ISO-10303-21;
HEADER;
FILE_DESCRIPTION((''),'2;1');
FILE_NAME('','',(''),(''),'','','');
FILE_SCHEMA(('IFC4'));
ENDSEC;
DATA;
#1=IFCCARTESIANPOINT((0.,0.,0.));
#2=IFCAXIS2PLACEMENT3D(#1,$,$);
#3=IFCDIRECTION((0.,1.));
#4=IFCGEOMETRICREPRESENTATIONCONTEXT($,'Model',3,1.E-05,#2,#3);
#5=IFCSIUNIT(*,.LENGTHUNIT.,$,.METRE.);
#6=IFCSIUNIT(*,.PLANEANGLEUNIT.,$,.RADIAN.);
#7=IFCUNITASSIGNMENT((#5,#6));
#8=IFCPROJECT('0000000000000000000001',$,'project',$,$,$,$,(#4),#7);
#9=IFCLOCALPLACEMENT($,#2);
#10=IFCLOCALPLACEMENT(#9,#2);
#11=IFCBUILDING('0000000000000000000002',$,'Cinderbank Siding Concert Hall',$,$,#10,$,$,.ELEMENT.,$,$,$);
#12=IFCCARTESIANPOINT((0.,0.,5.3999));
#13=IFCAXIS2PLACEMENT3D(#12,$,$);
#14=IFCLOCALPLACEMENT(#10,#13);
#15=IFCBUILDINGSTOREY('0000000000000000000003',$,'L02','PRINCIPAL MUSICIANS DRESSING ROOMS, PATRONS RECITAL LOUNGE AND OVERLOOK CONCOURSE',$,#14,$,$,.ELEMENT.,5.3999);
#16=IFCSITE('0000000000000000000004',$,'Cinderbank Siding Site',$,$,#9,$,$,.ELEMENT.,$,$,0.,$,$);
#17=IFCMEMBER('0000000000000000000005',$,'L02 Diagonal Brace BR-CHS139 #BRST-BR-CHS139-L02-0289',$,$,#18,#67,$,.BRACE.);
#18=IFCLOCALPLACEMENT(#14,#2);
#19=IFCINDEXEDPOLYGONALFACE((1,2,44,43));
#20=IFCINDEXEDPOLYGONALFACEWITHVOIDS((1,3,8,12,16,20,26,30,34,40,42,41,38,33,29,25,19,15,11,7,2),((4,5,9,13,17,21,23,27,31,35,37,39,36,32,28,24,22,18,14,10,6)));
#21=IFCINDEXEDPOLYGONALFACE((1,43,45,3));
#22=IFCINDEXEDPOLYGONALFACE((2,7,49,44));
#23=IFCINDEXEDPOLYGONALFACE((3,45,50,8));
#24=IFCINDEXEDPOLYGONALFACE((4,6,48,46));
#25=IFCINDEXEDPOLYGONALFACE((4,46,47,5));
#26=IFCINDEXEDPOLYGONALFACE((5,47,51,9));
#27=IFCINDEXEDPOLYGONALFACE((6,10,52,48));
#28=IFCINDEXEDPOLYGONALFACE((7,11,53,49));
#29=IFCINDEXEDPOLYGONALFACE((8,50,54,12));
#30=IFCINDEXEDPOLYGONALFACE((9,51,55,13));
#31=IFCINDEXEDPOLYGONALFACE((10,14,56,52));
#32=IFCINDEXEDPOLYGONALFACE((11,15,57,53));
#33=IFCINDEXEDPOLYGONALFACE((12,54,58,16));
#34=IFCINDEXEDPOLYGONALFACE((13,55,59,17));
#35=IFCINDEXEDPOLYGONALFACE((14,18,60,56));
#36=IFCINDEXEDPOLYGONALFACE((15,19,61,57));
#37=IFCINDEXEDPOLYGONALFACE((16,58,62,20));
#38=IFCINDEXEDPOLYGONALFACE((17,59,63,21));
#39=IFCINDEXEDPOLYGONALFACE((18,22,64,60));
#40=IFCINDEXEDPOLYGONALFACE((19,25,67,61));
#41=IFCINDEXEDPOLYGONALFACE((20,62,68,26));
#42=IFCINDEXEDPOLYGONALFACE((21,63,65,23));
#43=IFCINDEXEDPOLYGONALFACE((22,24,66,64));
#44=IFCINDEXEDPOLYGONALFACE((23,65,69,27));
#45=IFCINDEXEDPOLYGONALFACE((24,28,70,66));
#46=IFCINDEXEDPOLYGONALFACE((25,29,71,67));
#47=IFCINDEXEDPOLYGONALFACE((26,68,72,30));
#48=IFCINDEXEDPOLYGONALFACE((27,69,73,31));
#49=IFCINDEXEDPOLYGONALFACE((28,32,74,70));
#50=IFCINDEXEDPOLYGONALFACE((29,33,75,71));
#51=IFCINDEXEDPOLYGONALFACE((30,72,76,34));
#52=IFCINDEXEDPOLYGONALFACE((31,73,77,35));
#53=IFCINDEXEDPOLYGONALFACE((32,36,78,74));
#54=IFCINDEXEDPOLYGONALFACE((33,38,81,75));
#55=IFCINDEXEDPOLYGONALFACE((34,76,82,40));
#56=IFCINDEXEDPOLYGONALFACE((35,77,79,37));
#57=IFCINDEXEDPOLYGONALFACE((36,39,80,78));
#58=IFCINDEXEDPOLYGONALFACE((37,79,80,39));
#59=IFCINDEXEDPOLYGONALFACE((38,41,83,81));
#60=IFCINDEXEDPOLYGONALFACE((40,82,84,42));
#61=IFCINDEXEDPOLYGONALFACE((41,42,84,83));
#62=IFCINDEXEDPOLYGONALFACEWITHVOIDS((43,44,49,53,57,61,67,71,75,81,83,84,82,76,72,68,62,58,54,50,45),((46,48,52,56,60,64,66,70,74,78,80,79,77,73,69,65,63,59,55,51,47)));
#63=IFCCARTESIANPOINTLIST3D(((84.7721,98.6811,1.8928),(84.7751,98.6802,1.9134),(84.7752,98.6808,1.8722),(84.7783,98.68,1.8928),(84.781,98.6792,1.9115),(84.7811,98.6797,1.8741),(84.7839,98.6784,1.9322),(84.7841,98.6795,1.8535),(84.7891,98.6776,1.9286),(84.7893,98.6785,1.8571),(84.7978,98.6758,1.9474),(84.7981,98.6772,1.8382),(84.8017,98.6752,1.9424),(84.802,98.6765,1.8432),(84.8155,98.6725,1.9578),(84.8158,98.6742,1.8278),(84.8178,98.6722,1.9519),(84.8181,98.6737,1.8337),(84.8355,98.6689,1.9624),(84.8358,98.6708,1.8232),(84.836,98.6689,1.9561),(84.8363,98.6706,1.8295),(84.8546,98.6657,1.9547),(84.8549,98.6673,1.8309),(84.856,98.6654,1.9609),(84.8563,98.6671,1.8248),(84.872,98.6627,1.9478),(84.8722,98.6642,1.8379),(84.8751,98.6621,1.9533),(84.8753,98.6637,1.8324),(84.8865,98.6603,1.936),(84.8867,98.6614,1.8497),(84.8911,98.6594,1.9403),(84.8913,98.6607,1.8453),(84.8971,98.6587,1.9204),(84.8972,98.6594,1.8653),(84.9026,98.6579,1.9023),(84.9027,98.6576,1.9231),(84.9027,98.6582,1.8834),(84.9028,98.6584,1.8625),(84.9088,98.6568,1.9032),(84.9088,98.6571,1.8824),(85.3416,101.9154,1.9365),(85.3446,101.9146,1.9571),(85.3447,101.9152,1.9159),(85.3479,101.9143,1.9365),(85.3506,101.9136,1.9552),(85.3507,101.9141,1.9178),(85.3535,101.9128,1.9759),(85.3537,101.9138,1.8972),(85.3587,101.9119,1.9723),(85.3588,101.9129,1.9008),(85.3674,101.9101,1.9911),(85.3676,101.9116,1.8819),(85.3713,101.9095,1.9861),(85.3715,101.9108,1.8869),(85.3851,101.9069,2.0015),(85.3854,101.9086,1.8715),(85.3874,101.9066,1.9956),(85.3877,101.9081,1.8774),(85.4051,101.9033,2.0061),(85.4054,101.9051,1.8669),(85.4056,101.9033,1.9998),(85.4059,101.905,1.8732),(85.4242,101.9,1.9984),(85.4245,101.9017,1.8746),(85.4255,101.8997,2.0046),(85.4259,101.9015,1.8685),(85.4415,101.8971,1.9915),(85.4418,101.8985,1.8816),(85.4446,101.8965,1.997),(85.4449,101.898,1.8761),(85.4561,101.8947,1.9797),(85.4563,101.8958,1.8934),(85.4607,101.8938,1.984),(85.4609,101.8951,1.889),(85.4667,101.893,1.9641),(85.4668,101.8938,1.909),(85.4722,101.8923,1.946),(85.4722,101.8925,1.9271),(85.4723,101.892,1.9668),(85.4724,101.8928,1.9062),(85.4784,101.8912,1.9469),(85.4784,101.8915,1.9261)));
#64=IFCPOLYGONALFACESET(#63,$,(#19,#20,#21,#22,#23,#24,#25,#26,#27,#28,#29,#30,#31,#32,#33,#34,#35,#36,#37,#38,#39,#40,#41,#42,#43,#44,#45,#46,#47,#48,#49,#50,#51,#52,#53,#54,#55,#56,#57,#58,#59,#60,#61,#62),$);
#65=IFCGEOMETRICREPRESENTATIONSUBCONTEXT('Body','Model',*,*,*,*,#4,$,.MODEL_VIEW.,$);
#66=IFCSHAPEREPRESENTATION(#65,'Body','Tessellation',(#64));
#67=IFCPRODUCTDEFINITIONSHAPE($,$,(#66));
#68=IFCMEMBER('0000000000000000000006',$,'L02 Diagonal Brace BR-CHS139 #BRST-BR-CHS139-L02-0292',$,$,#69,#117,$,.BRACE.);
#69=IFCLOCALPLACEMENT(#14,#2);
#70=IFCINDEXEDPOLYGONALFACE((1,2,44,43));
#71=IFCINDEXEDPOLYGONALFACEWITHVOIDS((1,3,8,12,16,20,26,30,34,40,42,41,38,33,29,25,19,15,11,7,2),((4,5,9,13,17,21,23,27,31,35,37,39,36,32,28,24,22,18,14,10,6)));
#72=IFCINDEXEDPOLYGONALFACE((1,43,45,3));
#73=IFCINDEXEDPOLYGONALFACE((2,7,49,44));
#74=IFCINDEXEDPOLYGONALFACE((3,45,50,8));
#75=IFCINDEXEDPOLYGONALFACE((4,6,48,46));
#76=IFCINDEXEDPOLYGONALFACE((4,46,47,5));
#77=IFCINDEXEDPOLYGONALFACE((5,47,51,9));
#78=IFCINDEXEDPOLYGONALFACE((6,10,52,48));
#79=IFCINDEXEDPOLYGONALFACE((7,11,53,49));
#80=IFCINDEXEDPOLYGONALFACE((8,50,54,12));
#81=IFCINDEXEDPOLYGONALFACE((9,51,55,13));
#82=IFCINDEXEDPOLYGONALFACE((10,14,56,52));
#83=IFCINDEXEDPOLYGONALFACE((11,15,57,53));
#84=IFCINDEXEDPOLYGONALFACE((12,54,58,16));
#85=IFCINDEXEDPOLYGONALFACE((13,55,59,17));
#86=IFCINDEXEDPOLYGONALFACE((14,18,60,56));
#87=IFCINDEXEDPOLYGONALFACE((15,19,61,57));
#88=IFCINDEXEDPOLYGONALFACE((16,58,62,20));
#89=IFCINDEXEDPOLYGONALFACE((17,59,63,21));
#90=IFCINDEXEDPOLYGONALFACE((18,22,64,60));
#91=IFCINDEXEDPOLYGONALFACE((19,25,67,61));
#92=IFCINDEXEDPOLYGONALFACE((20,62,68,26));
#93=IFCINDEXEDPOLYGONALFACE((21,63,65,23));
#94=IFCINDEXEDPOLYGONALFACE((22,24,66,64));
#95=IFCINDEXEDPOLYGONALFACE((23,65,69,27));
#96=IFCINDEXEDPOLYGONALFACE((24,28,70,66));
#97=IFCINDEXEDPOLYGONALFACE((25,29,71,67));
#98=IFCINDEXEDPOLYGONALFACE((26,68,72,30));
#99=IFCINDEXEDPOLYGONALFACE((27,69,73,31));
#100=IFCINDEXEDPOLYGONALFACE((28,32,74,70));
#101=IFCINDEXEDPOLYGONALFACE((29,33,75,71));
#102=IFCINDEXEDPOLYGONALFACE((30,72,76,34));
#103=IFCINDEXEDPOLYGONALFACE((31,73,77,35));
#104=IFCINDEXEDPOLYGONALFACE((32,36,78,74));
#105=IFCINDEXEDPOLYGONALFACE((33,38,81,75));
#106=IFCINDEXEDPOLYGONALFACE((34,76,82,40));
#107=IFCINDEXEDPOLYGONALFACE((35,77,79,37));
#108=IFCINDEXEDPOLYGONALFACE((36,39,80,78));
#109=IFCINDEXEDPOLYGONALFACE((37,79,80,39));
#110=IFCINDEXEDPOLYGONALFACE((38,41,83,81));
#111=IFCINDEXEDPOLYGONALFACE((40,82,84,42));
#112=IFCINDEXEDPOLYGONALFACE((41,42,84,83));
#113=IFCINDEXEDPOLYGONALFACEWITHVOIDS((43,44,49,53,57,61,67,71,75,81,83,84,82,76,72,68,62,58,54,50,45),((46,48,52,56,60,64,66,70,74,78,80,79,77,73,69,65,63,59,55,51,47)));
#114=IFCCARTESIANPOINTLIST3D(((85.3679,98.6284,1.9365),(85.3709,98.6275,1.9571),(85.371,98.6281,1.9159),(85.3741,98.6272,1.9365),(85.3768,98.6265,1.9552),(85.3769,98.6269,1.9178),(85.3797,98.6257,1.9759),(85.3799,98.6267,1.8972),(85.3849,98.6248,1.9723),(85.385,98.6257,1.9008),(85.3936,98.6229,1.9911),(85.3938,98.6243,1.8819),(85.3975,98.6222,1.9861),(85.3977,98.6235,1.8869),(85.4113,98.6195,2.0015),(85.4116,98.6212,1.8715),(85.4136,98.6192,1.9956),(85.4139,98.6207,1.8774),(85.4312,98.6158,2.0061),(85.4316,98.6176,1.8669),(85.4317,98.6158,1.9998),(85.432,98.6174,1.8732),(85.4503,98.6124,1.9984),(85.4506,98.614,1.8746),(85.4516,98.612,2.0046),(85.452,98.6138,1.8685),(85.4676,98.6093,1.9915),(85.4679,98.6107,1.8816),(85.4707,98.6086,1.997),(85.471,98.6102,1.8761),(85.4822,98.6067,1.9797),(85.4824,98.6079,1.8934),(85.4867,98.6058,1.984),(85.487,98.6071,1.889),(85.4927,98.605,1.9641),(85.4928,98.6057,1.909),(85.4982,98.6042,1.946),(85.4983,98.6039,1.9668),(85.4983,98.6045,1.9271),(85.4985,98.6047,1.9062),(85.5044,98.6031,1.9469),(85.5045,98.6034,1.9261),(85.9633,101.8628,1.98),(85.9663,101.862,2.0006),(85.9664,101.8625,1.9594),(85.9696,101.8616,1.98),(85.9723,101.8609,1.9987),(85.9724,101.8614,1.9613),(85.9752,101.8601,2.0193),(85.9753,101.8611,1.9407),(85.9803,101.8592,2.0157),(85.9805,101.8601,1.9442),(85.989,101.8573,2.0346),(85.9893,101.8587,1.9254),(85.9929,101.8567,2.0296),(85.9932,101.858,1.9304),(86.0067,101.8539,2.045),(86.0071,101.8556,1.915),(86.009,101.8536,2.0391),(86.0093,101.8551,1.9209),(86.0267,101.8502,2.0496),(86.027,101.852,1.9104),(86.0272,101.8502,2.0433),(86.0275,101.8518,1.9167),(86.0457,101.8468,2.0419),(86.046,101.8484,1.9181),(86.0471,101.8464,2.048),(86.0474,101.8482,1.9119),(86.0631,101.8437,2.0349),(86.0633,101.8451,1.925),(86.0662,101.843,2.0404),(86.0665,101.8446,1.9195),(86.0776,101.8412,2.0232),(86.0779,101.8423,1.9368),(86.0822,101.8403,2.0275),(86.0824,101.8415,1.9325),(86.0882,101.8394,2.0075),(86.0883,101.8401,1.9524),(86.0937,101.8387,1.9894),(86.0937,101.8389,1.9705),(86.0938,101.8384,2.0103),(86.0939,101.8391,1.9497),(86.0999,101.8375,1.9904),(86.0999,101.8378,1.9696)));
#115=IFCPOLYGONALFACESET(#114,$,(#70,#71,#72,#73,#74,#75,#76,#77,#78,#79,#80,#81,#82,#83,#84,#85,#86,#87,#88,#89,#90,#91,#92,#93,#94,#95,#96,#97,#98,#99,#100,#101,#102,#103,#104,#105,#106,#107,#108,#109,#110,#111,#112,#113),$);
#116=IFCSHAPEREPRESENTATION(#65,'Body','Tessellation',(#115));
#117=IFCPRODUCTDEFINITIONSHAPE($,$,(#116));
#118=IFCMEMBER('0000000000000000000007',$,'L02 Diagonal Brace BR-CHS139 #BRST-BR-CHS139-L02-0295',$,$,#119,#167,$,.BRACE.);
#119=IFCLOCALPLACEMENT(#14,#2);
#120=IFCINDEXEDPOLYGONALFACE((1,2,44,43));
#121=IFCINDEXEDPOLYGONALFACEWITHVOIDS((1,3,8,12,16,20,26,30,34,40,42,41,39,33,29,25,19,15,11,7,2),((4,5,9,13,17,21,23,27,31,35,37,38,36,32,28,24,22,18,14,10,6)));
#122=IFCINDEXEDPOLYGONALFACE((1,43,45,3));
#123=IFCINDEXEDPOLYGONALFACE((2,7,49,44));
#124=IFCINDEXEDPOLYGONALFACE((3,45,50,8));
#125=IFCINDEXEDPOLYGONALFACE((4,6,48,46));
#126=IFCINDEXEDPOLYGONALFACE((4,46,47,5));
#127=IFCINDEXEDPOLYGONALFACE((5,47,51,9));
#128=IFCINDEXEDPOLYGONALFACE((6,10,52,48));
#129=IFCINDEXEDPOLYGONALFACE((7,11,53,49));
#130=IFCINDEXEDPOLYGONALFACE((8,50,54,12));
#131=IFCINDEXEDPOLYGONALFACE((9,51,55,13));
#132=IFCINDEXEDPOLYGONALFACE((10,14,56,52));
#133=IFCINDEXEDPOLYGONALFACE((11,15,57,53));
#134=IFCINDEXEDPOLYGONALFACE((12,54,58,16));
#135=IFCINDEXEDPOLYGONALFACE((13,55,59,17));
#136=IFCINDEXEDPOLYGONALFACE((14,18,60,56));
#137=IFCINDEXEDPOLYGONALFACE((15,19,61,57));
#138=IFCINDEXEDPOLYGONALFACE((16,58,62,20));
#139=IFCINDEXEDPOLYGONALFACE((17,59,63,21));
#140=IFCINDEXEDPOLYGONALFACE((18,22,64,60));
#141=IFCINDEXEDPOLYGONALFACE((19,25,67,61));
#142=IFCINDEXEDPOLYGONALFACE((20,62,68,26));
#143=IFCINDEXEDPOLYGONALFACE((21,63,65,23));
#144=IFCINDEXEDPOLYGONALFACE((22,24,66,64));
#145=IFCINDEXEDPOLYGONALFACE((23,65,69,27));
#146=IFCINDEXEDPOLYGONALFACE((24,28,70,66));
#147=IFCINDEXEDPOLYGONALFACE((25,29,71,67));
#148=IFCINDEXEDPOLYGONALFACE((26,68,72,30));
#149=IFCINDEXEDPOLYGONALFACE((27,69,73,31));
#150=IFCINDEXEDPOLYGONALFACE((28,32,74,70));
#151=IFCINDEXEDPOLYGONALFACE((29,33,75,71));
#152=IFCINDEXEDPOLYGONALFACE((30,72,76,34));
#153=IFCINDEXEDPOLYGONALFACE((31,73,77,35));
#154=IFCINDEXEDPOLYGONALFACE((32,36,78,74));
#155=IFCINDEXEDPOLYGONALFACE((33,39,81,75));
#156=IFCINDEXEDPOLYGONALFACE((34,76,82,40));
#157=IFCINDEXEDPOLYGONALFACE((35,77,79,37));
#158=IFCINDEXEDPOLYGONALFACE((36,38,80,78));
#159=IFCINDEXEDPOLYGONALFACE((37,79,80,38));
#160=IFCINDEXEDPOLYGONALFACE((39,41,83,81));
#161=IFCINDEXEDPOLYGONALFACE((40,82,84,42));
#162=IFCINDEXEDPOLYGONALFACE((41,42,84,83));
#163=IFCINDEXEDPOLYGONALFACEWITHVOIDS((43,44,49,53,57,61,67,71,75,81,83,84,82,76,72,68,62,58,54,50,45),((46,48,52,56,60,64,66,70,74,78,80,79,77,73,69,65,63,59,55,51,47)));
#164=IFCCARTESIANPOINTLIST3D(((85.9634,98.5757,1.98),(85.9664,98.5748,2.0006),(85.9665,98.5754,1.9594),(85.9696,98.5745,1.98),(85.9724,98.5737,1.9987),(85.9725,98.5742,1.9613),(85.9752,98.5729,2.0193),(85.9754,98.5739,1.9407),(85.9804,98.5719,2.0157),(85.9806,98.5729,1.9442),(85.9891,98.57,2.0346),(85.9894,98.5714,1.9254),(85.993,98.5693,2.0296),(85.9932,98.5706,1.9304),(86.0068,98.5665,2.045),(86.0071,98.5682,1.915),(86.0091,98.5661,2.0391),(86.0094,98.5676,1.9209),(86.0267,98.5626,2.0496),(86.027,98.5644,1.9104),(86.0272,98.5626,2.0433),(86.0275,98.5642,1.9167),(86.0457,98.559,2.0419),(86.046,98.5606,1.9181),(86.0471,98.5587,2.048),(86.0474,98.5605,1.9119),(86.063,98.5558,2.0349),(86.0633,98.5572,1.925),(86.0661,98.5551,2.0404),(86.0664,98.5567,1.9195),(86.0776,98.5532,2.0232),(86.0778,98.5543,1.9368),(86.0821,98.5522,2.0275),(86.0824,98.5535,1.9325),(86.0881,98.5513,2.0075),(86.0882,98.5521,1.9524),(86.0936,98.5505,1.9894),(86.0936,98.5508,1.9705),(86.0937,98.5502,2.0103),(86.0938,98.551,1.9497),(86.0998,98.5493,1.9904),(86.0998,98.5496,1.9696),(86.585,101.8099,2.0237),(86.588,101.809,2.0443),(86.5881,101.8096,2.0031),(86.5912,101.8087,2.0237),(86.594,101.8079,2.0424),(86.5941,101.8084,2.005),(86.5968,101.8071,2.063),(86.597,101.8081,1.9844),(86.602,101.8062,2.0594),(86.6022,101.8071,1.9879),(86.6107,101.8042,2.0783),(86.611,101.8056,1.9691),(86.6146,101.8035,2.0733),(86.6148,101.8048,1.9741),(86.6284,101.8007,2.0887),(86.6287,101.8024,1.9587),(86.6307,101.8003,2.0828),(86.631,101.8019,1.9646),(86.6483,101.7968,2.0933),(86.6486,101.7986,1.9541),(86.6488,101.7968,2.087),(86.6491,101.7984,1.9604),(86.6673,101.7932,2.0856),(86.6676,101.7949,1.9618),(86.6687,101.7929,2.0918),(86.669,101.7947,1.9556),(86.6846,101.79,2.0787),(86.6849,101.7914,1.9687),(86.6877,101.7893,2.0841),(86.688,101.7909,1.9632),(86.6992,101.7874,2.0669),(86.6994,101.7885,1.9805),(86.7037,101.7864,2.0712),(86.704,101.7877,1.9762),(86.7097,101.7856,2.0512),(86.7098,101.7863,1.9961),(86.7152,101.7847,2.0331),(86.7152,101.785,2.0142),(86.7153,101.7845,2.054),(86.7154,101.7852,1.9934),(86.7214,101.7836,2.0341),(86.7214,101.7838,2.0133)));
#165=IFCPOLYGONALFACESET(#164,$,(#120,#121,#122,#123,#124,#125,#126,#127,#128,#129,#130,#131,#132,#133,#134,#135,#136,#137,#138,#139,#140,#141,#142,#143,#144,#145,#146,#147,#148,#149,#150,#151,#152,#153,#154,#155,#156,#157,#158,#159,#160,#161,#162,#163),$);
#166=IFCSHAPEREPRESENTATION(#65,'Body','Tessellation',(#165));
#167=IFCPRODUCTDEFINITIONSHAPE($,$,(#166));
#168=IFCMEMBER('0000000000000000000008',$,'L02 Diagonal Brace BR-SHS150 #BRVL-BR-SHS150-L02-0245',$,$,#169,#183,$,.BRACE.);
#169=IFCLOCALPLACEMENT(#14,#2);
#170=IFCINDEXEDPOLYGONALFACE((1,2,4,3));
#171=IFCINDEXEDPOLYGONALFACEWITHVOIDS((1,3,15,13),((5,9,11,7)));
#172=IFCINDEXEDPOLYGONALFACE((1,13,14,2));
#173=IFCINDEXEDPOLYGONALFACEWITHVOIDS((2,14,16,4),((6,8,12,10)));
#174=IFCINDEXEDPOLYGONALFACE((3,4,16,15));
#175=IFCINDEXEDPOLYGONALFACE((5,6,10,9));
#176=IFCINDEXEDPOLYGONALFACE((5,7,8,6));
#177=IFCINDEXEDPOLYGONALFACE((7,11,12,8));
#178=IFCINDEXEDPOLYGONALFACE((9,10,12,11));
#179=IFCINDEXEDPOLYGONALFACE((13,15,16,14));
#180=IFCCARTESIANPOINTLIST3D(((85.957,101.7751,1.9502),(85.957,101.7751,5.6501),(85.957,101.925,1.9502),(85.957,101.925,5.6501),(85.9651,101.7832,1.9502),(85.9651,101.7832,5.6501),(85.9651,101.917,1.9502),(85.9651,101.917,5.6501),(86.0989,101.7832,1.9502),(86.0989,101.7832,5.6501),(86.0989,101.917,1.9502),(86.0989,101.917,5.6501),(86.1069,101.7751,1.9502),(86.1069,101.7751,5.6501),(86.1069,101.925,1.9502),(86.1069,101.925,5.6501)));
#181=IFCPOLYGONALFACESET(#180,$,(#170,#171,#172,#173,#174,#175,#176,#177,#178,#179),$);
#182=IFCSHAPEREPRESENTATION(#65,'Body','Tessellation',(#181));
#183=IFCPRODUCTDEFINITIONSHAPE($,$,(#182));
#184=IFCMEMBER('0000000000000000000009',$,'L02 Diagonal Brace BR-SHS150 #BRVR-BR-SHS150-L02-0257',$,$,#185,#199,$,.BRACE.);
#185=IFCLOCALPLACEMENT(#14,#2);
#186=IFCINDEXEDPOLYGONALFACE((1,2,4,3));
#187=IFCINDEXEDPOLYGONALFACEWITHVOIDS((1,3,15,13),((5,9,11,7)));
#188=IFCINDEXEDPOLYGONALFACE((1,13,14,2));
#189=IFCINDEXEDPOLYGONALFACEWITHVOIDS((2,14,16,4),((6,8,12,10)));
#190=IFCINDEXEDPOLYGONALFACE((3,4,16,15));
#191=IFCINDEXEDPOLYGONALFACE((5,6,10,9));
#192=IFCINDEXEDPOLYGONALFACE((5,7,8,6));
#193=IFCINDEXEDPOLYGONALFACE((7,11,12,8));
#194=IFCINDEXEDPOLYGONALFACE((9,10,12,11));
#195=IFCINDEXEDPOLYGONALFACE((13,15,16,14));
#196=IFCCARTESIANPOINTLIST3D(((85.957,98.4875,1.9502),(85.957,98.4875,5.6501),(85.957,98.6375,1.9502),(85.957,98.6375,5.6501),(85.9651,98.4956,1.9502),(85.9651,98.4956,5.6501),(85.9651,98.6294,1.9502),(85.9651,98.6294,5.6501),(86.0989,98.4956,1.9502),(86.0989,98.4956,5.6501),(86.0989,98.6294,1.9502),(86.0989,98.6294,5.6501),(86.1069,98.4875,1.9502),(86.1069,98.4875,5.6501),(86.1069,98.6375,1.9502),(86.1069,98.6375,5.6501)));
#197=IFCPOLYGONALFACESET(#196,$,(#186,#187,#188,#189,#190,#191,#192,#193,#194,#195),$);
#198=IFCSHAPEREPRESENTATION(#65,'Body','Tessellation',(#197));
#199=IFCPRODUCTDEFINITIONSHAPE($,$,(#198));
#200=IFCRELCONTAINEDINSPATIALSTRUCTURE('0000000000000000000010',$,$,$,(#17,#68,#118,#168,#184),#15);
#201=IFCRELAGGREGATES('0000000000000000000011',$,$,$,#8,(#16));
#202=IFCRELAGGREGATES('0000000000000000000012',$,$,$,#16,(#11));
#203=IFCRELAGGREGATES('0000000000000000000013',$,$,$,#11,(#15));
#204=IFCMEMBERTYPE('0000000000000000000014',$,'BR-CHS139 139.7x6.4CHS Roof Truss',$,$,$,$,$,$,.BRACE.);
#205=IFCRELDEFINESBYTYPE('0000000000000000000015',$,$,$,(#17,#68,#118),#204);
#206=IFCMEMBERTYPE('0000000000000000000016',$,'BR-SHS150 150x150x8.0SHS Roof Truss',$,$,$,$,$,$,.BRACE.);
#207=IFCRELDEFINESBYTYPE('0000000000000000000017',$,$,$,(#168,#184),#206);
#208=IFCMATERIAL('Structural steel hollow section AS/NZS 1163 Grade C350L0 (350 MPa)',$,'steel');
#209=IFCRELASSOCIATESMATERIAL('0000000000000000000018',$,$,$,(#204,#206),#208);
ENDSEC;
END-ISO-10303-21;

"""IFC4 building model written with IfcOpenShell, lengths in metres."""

from ifc_helpers import new_model, si_unit, direction, frame, origin, origin_2d, place, context, subcontext, project, spatial, hollow_rectangle, hollow_circle, extrude, material, material_profile, profile_set, type_object, element, save


model = new_model("IFC4")

# Units and contexts
model_context = context("Model", 3, precision=1e-05, world=origin(), true_north=direction((0.0, 1.0)))
body_context = subcontext(model_context, "Body", "Model", "MODEL_VIEW")
ifc_project = project(units=[si_unit("LENGTHUNIT", "METRE"), si_unit("PLANEANGLEUNIT", "RADIAN")], contexts=[model_context])

# Site, building, storey
site_placement = place(None, origin())
site = spatial("IfcSite", under=ifc_project, at=site_placement, Name="Cinderbank Siding Site", CompositionType="ELEMENT", RefElevation=0.0)
building_placement = place(site_placement, origin())
building = spatial("IfcBuilding", under=site, at=building_placement, Name="Cinderbank Siding Concert Hall", CompositionType="ELEMENT")
storey_placement = place(building_placement, frame((0.0, 0.0, 5.3999)))
storey = spatial("IfcBuildingStorey", under=building, at=storey_placement, Name="L02", Description="PRINCIPAL MUSICIANS DRESSING ROOMS, PATRONS RECITAL LOUNGE AND OVERLOOK CONCOURSE", CompositionType="ELEMENT", Elevation=5.3999)

# Members
ifc_material_1 = material(Name="Structural steel hollow section AS/NZS 1163 Grade C350L0 (350 MPa)", Category="steel")
ifc_material_profile_1 = material_profile(ifc_material_1, hollow_circle(Radius=0.0698, WallThickness=0.0063, at=origin_2d()), Name="139.7x6.4CHS", Category="LoadBearing")
ifc_profile_set_1 = profile_set([ifc_material_profile_1], Name="Structural steel hollow section AS/NZS 1163 Grade C350L0 (350 MPa)")
member_type_1 = type_object("IfcMemberType", Name="BR-CHS139 139.7x6.4CHS Roof Truss", PredefinedType="BRACE", material=ifc_profile_set_1)
member_1_placement = place(storey_placement, frame((84.8408, 98.6689, 1.8928), z_axis=(0.173418, 0.984758, 0.013306), x_axis=(-0.984846, 0.173433, 0.0)))
element("IfcMember", 1, at=member_1_placement, inside=storey, type_object=member_type_1, Name="L02 Diagonal Brace BR-CHS139 #BRST-BR-CHS139-L02-0289", PredefinedType="BRACE", context=body_context, shape_type="SweptSolid", body=[
    extrude(hollow_circle(Radius=0.0698, WallThickness=0.0063, at=origin_2d()), origin(), (0.0, 0.0, 1.0), 3.2844),
])
member_2_placement = place(storey_placement, frame((85.4365, 98.6157, 1.9365), z_axis=(0.181045, 0.983386, 0.013213), x_axis=(-0.983472, 0.18106, 0.0)))
element("IfcMember", 2, at=member_2_placement, inside=storey, type_object=member_type_1, Name="L02 Diagonal Brace BR-CHS139 #BRST-BR-CHS139-L02-0292", PredefinedType="BRACE", context=body_context, shape_type="SweptSolid", body=[
    extrude(hollow_circle(Radius=0.0698, WallThickness=0.0063, at=origin_2d()), origin(), (0.0, 0.0, 1.0), 3.2891),
])
member_3_placement = place(storey_placement, frame((86.032, 98.5625, 1.98), z_axis=(0.188724, 0.981941, 0.013268), x_axis=(-0.982027, 0.18874, 0.0)))
element("IfcMember", 3, at=member_3_placement, inside=storey, type_object=member_type_1, Name="L02 Diagonal Brace BR-CHS139 #BRST-BR-CHS139-L02-0295", PredefinedType="BRACE", context=body_context, shape_type="SweptSolid", body=[
    extrude(hollow_circle(Radius=0.0698, WallThickness=0.0063, at=origin_2d()), origin(), (0.0, 0.0, 1.0), 3.2937),
])
ifc_material_profile_2 = material_profile(ifc_material_1, hollow_rectangle(XDim=0.1499, YDim=0.1499, WallThickness=0.0081, at=origin_2d()), Name="150x150x8.0SHS", Category="LoadBearing")
ifc_profile_set_2 = profile_set([ifc_material_profile_2], Name="Structural steel hollow section AS/NZS 1163 Grade C350L0 (350 MPa)")
member_type_2 = type_object("IfcMemberType", Name="BR-SHS150 150x150x8.0SHS Roof Truss", PredefinedType="BRACE", material=ifc_profile_set_2)
for number, where, z_axis, x_axis, name in (
    (4, (86.032, 101.8501, 1.9502), (0.0, 0.0, 1.0), (1.0, 0.0, 0.0), "L02 Diagonal Brace BR-SHS150 #BRVL-BR-SHS150-L02-0245"),
    (5, (86.032, 98.5625, 1.9502), (0.0, 0.0, 1.0), (1.0, 0.0, 0.0), "L02 Diagonal Brace BR-SHS150 #BRVR-BR-SHS150-L02-0257"),
):
    element("IfcMember", number, at=place(storey_placement, frame(where, z_axis=z_axis, x_axis=x_axis)), inside=storey, type_object=member_type_2, Name=name, PredefinedType="BRACE", context=body_context, shape_type="SweptSolid", body=[
        extrude(hollow_rectangle(XDim=0.1499, YDim=0.1499, WallThickness=0.0081, at=origin_2d()), origin(), (0.0, 0.0, 1.0), 3.7),
    ])

save(model, "model.ifc")
